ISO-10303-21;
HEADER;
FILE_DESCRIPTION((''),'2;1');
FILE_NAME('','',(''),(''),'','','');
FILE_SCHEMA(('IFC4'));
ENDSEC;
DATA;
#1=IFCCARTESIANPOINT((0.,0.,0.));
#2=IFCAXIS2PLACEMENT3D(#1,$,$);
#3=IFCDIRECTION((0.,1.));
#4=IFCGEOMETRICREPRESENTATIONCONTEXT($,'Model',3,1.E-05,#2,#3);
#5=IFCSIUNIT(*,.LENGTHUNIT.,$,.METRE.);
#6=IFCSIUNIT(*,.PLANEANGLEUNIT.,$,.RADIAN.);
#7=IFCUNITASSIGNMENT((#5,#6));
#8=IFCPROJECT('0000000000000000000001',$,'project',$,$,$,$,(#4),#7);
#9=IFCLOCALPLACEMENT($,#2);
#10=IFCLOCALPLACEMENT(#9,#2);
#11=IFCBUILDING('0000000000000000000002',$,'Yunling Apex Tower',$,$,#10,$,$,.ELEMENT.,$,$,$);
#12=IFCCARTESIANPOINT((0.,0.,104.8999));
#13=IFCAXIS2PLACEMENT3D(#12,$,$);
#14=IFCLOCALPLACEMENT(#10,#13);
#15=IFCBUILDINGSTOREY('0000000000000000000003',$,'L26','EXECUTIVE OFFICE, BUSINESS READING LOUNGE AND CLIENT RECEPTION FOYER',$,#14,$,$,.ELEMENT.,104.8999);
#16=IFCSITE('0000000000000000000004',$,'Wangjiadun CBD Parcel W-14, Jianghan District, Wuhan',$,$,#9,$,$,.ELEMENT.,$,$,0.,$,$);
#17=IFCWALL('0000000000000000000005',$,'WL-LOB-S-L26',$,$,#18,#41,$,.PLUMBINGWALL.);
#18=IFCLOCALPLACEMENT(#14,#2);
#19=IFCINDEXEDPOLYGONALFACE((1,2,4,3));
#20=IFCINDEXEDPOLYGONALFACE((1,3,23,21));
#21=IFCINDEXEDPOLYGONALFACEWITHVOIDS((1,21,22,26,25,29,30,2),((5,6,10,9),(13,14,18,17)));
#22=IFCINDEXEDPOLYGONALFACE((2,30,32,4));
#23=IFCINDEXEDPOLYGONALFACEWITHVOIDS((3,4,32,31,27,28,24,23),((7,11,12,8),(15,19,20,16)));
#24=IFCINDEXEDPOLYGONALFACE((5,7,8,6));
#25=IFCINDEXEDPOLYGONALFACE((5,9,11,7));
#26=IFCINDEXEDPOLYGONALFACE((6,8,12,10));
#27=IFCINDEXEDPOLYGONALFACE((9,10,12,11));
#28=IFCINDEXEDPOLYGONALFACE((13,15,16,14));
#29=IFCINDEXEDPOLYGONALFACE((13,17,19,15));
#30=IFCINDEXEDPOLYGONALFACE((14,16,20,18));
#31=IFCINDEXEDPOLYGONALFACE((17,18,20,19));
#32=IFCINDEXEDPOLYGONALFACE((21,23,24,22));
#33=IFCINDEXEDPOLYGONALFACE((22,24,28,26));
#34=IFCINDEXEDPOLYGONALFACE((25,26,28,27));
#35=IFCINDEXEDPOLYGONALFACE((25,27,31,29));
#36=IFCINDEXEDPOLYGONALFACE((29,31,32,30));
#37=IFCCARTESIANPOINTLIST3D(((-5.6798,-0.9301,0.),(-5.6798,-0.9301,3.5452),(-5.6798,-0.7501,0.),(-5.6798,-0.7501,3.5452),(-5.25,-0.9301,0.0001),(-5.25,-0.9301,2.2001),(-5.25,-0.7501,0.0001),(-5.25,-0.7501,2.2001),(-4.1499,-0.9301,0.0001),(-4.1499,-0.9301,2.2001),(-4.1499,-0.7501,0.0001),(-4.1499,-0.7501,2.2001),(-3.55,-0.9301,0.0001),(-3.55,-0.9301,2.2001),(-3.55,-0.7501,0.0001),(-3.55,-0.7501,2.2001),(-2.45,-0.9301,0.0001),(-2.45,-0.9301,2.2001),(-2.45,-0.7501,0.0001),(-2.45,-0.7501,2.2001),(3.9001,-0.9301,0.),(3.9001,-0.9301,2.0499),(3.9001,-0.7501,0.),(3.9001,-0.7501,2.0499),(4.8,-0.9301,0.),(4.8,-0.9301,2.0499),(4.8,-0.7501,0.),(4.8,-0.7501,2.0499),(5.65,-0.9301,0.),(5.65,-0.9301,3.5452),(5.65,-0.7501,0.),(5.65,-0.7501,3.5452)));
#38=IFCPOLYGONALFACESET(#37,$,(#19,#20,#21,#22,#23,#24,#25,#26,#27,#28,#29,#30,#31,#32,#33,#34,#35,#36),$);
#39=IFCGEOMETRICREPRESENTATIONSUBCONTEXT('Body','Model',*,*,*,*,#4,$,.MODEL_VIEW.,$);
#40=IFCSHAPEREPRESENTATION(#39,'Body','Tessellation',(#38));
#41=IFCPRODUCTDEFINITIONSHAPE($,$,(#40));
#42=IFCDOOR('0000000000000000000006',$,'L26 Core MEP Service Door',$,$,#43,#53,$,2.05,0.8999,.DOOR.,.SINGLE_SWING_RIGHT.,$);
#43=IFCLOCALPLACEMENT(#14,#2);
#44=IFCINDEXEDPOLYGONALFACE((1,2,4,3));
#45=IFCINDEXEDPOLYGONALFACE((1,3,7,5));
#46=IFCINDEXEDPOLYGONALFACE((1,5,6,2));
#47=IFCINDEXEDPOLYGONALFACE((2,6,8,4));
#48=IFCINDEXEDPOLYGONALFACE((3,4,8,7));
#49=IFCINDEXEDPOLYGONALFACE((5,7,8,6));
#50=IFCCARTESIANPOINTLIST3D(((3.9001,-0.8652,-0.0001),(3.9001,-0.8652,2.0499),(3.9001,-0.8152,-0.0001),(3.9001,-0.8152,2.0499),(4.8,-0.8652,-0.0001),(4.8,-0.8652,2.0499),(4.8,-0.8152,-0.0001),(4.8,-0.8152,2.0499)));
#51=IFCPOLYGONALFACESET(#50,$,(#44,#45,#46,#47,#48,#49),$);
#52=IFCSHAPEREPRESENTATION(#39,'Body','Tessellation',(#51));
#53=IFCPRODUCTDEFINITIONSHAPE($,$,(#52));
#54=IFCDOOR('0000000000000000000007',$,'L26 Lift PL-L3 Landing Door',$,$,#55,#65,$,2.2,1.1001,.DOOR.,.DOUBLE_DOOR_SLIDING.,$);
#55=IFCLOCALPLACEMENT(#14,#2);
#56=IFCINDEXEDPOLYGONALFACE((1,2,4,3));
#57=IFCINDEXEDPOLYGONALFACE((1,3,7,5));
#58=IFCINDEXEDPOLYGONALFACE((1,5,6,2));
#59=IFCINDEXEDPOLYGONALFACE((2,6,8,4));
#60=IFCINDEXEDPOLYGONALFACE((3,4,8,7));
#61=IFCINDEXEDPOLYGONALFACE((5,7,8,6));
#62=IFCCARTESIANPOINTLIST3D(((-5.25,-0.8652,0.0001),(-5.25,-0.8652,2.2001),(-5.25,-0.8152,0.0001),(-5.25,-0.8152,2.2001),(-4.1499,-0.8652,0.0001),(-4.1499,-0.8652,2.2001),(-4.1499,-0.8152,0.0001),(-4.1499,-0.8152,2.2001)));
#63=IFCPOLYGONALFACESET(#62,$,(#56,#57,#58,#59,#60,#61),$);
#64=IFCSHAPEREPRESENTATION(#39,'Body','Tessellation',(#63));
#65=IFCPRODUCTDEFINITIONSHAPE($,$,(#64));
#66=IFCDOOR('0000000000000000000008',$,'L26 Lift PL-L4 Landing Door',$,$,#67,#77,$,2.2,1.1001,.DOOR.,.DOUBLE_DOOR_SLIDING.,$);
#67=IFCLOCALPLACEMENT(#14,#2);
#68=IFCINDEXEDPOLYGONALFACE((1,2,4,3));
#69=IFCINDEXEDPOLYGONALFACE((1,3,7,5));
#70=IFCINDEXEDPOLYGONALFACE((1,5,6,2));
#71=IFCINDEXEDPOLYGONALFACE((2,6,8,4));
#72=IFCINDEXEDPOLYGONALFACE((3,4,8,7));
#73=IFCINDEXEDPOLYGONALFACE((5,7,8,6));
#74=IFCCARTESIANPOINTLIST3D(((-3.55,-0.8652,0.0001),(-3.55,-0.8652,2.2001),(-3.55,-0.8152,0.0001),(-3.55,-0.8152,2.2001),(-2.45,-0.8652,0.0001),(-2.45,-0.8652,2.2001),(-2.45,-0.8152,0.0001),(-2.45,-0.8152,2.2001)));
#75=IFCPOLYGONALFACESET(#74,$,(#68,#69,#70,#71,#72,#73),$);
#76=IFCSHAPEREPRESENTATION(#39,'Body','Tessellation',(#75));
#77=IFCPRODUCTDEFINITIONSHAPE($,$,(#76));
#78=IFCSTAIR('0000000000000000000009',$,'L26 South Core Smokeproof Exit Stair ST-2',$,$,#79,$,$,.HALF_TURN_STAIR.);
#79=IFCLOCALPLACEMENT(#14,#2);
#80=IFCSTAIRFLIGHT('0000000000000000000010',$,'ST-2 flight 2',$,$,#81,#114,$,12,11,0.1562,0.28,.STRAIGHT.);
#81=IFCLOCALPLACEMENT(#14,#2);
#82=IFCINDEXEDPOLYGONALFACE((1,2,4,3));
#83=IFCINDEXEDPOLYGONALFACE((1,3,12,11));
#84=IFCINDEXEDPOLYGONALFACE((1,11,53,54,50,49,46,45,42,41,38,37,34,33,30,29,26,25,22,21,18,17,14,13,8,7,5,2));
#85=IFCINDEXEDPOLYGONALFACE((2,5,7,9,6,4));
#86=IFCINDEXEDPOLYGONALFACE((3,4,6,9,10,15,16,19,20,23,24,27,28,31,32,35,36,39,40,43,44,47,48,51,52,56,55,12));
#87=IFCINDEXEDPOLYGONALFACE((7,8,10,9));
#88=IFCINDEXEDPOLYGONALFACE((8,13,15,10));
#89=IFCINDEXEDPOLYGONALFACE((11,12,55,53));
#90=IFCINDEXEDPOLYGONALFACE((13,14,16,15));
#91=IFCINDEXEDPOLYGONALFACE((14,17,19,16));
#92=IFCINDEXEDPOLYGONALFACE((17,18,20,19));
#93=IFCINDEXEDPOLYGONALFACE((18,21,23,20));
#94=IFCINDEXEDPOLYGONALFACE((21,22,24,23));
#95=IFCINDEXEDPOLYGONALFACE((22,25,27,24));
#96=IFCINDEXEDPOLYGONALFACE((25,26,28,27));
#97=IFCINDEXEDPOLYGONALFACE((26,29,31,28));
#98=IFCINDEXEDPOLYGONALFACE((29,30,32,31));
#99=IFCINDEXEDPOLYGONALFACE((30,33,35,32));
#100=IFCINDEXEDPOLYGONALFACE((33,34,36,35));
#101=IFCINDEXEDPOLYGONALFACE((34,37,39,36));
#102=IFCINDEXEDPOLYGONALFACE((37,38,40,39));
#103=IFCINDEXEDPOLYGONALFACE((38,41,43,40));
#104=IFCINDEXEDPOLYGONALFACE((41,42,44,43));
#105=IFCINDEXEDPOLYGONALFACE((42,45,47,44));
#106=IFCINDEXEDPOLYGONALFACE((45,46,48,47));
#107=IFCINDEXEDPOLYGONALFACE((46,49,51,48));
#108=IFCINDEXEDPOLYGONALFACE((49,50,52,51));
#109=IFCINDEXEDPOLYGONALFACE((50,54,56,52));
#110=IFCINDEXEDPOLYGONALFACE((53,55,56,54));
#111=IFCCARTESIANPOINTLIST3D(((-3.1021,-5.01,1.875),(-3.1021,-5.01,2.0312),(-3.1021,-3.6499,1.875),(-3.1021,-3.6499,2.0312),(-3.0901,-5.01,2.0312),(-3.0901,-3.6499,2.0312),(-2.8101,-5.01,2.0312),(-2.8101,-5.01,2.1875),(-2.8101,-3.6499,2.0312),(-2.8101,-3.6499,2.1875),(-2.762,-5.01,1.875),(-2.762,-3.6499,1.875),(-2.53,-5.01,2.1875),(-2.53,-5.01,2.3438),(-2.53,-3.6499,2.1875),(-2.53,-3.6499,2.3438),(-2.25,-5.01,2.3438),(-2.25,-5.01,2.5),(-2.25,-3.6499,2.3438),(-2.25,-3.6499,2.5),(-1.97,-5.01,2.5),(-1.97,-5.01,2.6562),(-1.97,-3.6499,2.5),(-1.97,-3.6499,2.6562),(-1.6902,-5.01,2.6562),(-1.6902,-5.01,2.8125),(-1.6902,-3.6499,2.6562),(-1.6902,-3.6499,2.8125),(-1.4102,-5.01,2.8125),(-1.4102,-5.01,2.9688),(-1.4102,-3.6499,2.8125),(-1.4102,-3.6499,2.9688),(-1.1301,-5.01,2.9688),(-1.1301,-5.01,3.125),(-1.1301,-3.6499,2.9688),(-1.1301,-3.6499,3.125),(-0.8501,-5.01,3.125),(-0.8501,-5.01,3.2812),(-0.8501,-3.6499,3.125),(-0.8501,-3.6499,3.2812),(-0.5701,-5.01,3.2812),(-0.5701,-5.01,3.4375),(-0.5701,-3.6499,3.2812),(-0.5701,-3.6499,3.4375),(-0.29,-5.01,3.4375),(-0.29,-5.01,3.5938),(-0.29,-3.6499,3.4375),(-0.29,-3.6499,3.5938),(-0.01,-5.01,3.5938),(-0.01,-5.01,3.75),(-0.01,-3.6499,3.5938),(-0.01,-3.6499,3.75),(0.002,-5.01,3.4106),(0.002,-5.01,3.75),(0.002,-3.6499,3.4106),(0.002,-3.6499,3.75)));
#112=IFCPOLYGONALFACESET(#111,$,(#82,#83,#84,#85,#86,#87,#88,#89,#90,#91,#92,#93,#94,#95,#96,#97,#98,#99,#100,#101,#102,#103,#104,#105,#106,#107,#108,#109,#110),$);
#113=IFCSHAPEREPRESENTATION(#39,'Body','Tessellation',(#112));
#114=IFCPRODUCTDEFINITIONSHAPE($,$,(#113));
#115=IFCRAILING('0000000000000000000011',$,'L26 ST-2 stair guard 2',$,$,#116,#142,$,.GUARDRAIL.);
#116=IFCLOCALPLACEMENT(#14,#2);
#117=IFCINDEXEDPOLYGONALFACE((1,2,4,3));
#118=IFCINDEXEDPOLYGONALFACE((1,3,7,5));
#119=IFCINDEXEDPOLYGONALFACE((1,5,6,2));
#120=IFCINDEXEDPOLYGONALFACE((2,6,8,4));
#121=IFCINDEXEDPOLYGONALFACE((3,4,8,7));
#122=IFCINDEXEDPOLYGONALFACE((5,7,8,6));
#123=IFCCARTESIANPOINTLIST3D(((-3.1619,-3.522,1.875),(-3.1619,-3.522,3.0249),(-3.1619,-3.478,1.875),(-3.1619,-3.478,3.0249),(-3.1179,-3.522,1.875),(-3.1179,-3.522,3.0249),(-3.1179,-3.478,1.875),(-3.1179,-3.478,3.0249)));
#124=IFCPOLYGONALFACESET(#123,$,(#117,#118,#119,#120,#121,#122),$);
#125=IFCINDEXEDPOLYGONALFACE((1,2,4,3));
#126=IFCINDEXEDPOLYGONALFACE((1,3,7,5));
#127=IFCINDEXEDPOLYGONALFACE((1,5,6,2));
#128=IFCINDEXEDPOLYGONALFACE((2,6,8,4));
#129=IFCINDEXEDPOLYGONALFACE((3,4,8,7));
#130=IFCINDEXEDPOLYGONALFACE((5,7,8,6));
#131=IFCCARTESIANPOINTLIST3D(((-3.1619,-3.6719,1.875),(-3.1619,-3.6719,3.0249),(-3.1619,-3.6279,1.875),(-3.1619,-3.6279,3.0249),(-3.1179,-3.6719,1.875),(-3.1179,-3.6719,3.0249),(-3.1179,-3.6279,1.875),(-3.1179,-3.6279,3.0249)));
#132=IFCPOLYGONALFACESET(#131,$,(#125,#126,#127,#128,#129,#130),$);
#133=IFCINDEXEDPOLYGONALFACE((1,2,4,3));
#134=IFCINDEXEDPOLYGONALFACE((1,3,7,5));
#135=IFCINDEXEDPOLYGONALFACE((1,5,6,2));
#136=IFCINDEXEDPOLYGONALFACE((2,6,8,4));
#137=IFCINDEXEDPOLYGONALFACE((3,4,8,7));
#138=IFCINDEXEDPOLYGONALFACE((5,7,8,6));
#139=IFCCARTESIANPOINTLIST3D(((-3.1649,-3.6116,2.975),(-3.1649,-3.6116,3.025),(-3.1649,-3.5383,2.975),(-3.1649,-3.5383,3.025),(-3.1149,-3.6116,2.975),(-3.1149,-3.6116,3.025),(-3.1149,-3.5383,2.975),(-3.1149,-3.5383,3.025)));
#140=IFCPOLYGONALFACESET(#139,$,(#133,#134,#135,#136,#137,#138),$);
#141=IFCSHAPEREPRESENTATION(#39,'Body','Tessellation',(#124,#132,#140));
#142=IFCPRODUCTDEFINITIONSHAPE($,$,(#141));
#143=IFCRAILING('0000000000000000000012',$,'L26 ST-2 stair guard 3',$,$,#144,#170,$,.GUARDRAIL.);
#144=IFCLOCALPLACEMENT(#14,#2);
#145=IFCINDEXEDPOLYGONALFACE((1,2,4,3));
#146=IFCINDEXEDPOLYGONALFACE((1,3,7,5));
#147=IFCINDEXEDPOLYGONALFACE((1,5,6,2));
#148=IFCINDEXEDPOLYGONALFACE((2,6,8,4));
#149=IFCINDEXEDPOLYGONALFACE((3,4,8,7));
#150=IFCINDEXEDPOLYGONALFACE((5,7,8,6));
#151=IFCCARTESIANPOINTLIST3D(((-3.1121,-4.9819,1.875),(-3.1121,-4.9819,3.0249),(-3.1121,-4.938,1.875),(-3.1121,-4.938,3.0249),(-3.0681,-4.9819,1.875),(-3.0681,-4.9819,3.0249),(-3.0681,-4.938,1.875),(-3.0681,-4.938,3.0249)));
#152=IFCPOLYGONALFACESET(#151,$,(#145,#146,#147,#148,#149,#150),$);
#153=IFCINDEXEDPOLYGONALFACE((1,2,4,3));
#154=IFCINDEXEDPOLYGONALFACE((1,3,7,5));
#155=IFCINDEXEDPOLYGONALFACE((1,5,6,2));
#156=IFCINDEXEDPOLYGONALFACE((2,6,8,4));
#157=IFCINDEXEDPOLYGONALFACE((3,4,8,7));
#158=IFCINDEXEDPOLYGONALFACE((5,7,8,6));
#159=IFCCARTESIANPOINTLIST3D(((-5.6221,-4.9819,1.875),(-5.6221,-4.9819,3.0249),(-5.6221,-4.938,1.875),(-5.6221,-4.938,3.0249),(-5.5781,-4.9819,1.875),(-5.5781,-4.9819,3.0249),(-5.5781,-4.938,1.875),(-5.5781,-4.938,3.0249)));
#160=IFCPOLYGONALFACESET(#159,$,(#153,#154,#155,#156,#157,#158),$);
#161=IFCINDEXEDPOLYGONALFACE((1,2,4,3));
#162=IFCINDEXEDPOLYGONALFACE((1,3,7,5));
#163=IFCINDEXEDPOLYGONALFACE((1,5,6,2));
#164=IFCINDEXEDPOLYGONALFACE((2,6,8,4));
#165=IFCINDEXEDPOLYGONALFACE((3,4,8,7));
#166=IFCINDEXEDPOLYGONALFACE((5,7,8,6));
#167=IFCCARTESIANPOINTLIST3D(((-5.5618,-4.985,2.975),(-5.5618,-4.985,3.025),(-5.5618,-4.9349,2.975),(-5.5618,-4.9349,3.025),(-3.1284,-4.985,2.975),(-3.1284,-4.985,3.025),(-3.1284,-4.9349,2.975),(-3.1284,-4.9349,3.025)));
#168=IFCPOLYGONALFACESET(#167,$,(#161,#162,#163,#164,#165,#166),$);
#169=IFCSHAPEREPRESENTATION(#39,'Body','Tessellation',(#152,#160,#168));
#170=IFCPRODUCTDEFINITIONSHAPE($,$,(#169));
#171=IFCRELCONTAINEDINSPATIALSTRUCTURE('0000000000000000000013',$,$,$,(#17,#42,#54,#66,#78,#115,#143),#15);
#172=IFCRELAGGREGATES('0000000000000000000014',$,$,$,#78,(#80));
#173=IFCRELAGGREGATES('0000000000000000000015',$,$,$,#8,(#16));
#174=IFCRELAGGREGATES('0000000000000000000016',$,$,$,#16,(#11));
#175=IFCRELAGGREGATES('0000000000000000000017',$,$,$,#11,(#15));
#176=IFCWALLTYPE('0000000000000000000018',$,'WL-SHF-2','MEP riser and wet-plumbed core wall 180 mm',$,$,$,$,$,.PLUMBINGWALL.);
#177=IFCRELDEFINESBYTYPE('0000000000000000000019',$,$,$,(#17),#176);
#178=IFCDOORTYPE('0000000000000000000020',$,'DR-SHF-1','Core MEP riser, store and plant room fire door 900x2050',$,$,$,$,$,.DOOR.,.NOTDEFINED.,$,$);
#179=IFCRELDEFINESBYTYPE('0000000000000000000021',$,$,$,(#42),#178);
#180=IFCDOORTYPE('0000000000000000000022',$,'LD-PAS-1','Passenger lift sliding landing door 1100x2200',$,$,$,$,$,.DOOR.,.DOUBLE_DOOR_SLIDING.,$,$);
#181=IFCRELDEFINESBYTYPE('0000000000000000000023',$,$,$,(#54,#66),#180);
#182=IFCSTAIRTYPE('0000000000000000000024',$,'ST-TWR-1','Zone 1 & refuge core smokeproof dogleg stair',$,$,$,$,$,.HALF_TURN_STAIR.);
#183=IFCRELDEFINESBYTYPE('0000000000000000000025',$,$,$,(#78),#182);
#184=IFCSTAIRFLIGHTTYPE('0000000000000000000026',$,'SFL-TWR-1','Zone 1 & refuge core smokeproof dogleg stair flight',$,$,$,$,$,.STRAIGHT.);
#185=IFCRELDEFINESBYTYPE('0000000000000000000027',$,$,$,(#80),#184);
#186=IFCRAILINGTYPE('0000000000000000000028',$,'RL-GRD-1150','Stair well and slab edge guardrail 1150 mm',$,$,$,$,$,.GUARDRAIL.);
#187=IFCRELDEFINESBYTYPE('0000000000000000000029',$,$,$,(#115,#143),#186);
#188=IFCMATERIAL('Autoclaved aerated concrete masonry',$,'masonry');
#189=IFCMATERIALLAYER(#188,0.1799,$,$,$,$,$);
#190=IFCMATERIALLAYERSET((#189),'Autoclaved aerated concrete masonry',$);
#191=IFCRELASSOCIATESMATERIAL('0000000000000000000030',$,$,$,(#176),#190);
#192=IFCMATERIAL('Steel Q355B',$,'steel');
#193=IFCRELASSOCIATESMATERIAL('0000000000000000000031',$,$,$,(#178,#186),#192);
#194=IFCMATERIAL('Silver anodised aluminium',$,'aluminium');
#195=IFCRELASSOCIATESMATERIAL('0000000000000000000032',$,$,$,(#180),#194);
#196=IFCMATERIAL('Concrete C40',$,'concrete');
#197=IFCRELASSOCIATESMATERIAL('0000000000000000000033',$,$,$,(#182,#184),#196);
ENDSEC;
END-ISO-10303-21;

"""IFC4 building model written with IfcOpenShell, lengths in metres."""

from ifc_helpers import new_model, si_unit, direction, frame, frame_2d, origin, origin_2d, place, context, subcontext, project, spatial, polyline, rectangle, outline, extrude, material, layer, layer_set, type_object, element, fill, aggregate, save


model = new_model("IFC4")

# Units and contexts
model_context = context("Model", 3, precision=1e-05, world=origin(), true_north=direction((0.0, 1.0)))
body_context = subcontext(model_context, "Body", "Model", "MODEL_VIEW")
ifc_project = project(units=[si_unit("LENGTHUNIT", "METRE"), si_unit("PLANEANGLEUNIT", "RADIAN")], contexts=[model_context])

# Site, building, storey
site_placement = place(None, origin())
site = spatial("IfcSite", under=ifc_project, at=site_placement, Name="Wangjiadun CBD Parcel W-14, Jianghan District, Wuhan", CompositionType="ELEMENT", RefElevation=0.0)
building_placement = place(site_placement, origin())
building = spatial("IfcBuilding", under=site, at=building_placement, Name="Yunling Apex Tower", CompositionType="ELEMENT")
storey_placement = place(building_placement, frame((0.0, 0.0, 104.8999)))
storey = spatial("IfcBuildingStorey", under=building, at=storey_placement, Name="L26", Description="EXECUTIVE OFFICE, BUSINESS READING LOUNGE AND CLIENT RECEPTION FOYER", CompositionType="ELEMENT", Elevation=104.8999)

# Shared definitions
ifc_material_1 = material(Name="Steel Q355B", Category="steel")

# Shared definitions
ifc_material_2 = material(Name="Concrete C40", Category="concrete")

# Shared definitions
ifc_material_3 = material(Name="Autoclaved aerated concrete masonry", Category="masonry")

# Shared definitions
ifc_layer_1 = layer(ifc_material_3, 0.1799)
ifc_layer_set_1 = layer_set([ifc_layer_1], Name="Autoclaved aerated concrete masonry")
wall_type_1 = type_object("IfcWallType", Name="WL-SHF-2", Description="MEP riser and wet-plumbed core wall 180 mm", PredefinedType="PLUMBINGWALL", material=ifc_layer_set_1)

# Wall, openings, doors
wall_1_placement = place(storey_placement, frame((-5.6799, -0.8401, 0.0), z_axis=(0.0, 0.0, 1.0), x_axis=(1.0, 0.0, 0.0)))
wall_1 = element("IfcWall", 1, at=wall_1_placement, inside=storey, type_object=wall_type_1, Name="WL-LOB-S-L26", PredefinedType="PLUMBINGWALL", context=body_context, shape_type="SweptSolid", body=[
    extrude(rectangle(XDim=11.3298, YDim=0.1799, at=frame_2d((5.665, 0.0))), origin(), (0.0, 0.0, 1.0), 3.5452),
])
opening_1_placement = place(wall_1_placement, frame((0.4299, 0.0, 0.0)))
opening_1 = element("IfcOpeningElement", 2, at=opening_1_placement, cuts=wall_1, PredefinedType="OPENING", context=body_context, shape_type="SweptSolid", body=[
    extrude(rectangle(XDim=1.1001, YDim=2.2, at=frame_2d((0.55, 1.1001))), frame((0.0, 0.1001, 0.0), z_axis=(0.0, -1.0, 0.0), x_axis=(1.0, 0.0, 0.0)), (0.0, 0.0, 1.0), 0.2),
])
opening_2_placement = place(wall_1_placement, frame((2.1299, 0.0, 0.0)))
opening_2 = element("IfcOpeningElement", 3, at=opening_2_placement, cuts=wall_1, PredefinedType="OPENING", context=body_context, shape_type="SweptSolid", body=[
    extrude(rectangle(XDim=1.1001, YDim=2.2, at=frame_2d((0.55, 1.1001))), frame((0.0, 0.1001, 0.0), z_axis=(0.0, -1.0, 0.0), x_axis=(1.0, 0.0, 0.0)), (0.0, 0.0, 1.0), 0.2),
])
opening_3_placement = place(wall_1_placement, frame((9.5801, 0.0, 0.0)))
opening_3 = element("IfcOpeningElement", 4, at=opening_3_placement, cuts=wall_1, PredefinedType="OPENING", context=body_context, shape_type="SweptSolid", body=[
    extrude(rectangle(XDim=0.8999, YDim=2.05, at=frame_2d((0.45, 1.0249))), frame((0.0, 0.1001, 0.0), z_axis=(0.0, -1.0, 0.0), x_axis=(1.0, 0.0, 0.0)), (0.0, 0.0, 1.0), 0.2),
])
door_type_1 = type_object("IfcDoorType", Name="DR-SHF-1", Description="Core MEP riser, store and plant room fire door 900x2050", OperationType="NOTDEFINED", PredefinedType="DOOR", material=ifc_material_1)
door_1_placement = place(opening_3_placement, origin())
door_1 = element("IfcDoor", 5, at=door_1_placement, inside=storey, type_object=door_type_1, Name="L26 Core MEP Service Door", OperationType="SINGLE_SWING_RIGHT", OverallHeight=2.05, OverallWidth=0.8999, PredefinedType="DOOR", context=body_context, shape_type="SweptSolid", body=[
    extrude(rectangle(XDim=0.8999, YDim=2.05, at=frame_2d((0.45, 1.0249))), frame((0.0, 0.0249, 0.0), z_axis=(0.0, -1.0, 0.0), x_axis=(1.0, 0.0, 0.0)), (0.0, 0.0, 1.0), 0.05),
])
fill(opening_3, door_1)
ifc_material_4 = material(Name="Silver anodised aluminium", Category="aluminium")
door_type_2 = type_object("IfcDoorType", Name="LD-PAS-1", Description="Passenger lift sliding landing door 1100x2200", OperationType="DOUBLE_DOOR_SLIDING", PredefinedType="DOOR", material=ifc_material_4)
door_2_placement = place(opening_1_placement, origin())
door_2 = element("IfcDoor", 6, at=door_2_placement, inside=storey, type_object=door_type_2, Name="L26 Lift PL-L3 Landing Door", OperationType="DOUBLE_DOOR_SLIDING", OverallHeight=2.2, OverallWidth=1.1001, PredefinedType="DOOR", context=body_context, shape_type="SweptSolid", body=[
    extrude(rectangle(XDim=1.1001, YDim=2.2, at=frame_2d((0.55, 1.1001))), frame((0.0, 0.0249, 0.0), z_axis=(0.0, -1.0, 0.0), x_axis=(1.0, 0.0, 0.0)), (0.0, 0.0, 1.0), 0.05),
])
fill(opening_1, door_2)
door_3_placement = place(opening_2_placement, origin())
door_3 = element("IfcDoor", 7, at=door_3_placement, inside=storey, type_object=door_type_2, Name="L26 Lift PL-L4 Landing Door", OperationType="DOUBLE_DOOR_SLIDING", OverallHeight=2.2, OverallWidth=1.1001, PredefinedType="DOOR", context=body_context, shape_type="SweptSolid", body=[
    extrude(rectangle(XDim=1.1001, YDim=2.2, at=frame_2d((0.55, 1.1001))), frame((0.0, 0.0249, 0.0), z_axis=(0.0, -1.0, 0.0), x_axis=(1.0, 0.0, 0.0)), (0.0, 0.0, 1.0), 0.05),
])
fill(opening_2, door_3)

# Stair, stair flight
stair_type = type_object("IfcStairType", Name="ST-TWR-1", Description="Zone 1 & refuge core smokeproof dogleg stair", PredefinedType="HALF_TURN_STAIR", material=ifc_material_2)
stair_placement = place(storey_placement, origin())
stair = element("IfcStair", 8, at=stair_placement, inside=storey, type_object=stair_type, Name="L26 South Core Smokeproof Exit Stair ST-2", PredefinedType="HALF_TURN_STAIR")
stair_flight_type = type_object("IfcStairFlightType", Name="SFL-TWR-1", Description="Zone 1 & refuge core smokeproof dogleg stair flight", PredefinedType="STRAIGHT", material=ifc_material_2)
stair_flight_placement = place(storey_placement, frame((-3.0901, -4.3301, 1.875), z_axis=(0.0, 0.0, 1.0), x_axis=(1.0, 0.0, 0.0)))
stair_flight = element("IfcStairFlight", 9, at=stair_flight_placement, type_object=stair_flight_type, Name="ST-2 flight 2", NumberOfRisers=12, NumberOfTreads=11, PredefinedType="STRAIGHT", RiserHeight=0.1562, TreadLength=0.28, context=body_context, shape_type="SweptSolid", body=[
    extrude(outline(polyline([(-0.012, 0.0), (-0.012, 0.1562), (0.0, 0.1562), (0.28, 0.1562), (0.28, 0.3125), (0.5601, 0.3125), (0.5601, 0.4688), (0.8401, 0.4688), (0.8401, 0.625), (1.1201, 0.625), (1.1201, 0.7812), (1.3999, 0.7812), (1.3999, 0.9375), (1.6799, 0.9375), (1.6799, 1.0938), (1.96, 1.0938), (1.96, 1.25), (2.24, 1.25), (2.24, 1.4062), (2.52, 1.4062), (2.52, 1.5625), (2.8, 1.5625), (2.8, 1.7188), (3.0801, 1.7188), (3.0801, 1.875), (3.092, 1.875), (3.092, 1.5356), (0.3281, 0.0), (-0.012, 0.0)])), frame((0.0, 0.6802, 0.0), z_axis=(0.0, -1.0, 0.0), x_axis=(1.0, 0.0, 0.0)), (0.0, 0.0, 1.0), 1.3601),
])
aggregate(stair, [stair_flight])

# Railings
railing_type = type_object("IfcRailingType", Name="RL-GRD-1150", Description="Stair well and slab edge guardrail 1150 mm", PredefinedType="GUARDRAIL", material=ifc_material_1)
railing_1_placement = place(storey_placement, frame((-3.1399, -3.5, 1.875)))
element("IfcRailing", 10, at=railing_1_placement, inside=storey, type_object=railing_type, Name="L26 ST-2 stair guard 2", PredefinedType="GUARDRAIL", context=body_context, shape_type="SweptSolid", body=[
    extrude(rectangle(XDim=0.0439, YDim=0.0439, at=origin_2d()), origin(), (0.0, 0.0, 1.0), 1.1499),
    extrude(rectangle(XDim=0.0439, YDim=0.0439, at=origin_2d()), frame((0.0, -0.1499, 0.0)), (0.0, 0.0, 1.0), 1.1499),
    extrude(rectangle(XDim=0.05, YDim=0.05, at=origin_2d()), frame((0.0, -0.0383, 1.125), z_axis=(0.0, -1.0, 0.0), x_axis=(1.0, 0.0, 0.0)), (0.0, 0.0, 1.0), 0.0732),
])
railing_2_placement = place(storey_placement, frame((-3.0901, -4.96, 1.875)))
element("IfcRailing", 11, at=railing_2_placement, inside=storey, type_object=railing_type, Name="L26 ST-2 stair guard 3", PredefinedType="GUARDRAIL", context=body_context, shape_type="SweptSolid", body=[
    extrude(rectangle(XDim=0.0439, YDim=0.0439, at=origin_2d()), origin(), (0.0, 0.0, 1.0), 1.1499),
    extrude(rectangle(XDim=0.0439, YDim=0.0439, at=origin_2d()), frame((-2.51, 0.0, 0.0)), (0.0, 0.0, 1.0), 1.1499),
    extrude(rectangle(XDim=0.05, YDim=0.05, at=origin_2d()), frame((-0.0383, 0.0, 1.125), z_axis=(-1.0, 0.0, 0.0), x_axis=(0.0, -1.0, 0.0)), (0.0, 0.0, 1.0), 2.4333),
])

save(model, "model.ifc")
